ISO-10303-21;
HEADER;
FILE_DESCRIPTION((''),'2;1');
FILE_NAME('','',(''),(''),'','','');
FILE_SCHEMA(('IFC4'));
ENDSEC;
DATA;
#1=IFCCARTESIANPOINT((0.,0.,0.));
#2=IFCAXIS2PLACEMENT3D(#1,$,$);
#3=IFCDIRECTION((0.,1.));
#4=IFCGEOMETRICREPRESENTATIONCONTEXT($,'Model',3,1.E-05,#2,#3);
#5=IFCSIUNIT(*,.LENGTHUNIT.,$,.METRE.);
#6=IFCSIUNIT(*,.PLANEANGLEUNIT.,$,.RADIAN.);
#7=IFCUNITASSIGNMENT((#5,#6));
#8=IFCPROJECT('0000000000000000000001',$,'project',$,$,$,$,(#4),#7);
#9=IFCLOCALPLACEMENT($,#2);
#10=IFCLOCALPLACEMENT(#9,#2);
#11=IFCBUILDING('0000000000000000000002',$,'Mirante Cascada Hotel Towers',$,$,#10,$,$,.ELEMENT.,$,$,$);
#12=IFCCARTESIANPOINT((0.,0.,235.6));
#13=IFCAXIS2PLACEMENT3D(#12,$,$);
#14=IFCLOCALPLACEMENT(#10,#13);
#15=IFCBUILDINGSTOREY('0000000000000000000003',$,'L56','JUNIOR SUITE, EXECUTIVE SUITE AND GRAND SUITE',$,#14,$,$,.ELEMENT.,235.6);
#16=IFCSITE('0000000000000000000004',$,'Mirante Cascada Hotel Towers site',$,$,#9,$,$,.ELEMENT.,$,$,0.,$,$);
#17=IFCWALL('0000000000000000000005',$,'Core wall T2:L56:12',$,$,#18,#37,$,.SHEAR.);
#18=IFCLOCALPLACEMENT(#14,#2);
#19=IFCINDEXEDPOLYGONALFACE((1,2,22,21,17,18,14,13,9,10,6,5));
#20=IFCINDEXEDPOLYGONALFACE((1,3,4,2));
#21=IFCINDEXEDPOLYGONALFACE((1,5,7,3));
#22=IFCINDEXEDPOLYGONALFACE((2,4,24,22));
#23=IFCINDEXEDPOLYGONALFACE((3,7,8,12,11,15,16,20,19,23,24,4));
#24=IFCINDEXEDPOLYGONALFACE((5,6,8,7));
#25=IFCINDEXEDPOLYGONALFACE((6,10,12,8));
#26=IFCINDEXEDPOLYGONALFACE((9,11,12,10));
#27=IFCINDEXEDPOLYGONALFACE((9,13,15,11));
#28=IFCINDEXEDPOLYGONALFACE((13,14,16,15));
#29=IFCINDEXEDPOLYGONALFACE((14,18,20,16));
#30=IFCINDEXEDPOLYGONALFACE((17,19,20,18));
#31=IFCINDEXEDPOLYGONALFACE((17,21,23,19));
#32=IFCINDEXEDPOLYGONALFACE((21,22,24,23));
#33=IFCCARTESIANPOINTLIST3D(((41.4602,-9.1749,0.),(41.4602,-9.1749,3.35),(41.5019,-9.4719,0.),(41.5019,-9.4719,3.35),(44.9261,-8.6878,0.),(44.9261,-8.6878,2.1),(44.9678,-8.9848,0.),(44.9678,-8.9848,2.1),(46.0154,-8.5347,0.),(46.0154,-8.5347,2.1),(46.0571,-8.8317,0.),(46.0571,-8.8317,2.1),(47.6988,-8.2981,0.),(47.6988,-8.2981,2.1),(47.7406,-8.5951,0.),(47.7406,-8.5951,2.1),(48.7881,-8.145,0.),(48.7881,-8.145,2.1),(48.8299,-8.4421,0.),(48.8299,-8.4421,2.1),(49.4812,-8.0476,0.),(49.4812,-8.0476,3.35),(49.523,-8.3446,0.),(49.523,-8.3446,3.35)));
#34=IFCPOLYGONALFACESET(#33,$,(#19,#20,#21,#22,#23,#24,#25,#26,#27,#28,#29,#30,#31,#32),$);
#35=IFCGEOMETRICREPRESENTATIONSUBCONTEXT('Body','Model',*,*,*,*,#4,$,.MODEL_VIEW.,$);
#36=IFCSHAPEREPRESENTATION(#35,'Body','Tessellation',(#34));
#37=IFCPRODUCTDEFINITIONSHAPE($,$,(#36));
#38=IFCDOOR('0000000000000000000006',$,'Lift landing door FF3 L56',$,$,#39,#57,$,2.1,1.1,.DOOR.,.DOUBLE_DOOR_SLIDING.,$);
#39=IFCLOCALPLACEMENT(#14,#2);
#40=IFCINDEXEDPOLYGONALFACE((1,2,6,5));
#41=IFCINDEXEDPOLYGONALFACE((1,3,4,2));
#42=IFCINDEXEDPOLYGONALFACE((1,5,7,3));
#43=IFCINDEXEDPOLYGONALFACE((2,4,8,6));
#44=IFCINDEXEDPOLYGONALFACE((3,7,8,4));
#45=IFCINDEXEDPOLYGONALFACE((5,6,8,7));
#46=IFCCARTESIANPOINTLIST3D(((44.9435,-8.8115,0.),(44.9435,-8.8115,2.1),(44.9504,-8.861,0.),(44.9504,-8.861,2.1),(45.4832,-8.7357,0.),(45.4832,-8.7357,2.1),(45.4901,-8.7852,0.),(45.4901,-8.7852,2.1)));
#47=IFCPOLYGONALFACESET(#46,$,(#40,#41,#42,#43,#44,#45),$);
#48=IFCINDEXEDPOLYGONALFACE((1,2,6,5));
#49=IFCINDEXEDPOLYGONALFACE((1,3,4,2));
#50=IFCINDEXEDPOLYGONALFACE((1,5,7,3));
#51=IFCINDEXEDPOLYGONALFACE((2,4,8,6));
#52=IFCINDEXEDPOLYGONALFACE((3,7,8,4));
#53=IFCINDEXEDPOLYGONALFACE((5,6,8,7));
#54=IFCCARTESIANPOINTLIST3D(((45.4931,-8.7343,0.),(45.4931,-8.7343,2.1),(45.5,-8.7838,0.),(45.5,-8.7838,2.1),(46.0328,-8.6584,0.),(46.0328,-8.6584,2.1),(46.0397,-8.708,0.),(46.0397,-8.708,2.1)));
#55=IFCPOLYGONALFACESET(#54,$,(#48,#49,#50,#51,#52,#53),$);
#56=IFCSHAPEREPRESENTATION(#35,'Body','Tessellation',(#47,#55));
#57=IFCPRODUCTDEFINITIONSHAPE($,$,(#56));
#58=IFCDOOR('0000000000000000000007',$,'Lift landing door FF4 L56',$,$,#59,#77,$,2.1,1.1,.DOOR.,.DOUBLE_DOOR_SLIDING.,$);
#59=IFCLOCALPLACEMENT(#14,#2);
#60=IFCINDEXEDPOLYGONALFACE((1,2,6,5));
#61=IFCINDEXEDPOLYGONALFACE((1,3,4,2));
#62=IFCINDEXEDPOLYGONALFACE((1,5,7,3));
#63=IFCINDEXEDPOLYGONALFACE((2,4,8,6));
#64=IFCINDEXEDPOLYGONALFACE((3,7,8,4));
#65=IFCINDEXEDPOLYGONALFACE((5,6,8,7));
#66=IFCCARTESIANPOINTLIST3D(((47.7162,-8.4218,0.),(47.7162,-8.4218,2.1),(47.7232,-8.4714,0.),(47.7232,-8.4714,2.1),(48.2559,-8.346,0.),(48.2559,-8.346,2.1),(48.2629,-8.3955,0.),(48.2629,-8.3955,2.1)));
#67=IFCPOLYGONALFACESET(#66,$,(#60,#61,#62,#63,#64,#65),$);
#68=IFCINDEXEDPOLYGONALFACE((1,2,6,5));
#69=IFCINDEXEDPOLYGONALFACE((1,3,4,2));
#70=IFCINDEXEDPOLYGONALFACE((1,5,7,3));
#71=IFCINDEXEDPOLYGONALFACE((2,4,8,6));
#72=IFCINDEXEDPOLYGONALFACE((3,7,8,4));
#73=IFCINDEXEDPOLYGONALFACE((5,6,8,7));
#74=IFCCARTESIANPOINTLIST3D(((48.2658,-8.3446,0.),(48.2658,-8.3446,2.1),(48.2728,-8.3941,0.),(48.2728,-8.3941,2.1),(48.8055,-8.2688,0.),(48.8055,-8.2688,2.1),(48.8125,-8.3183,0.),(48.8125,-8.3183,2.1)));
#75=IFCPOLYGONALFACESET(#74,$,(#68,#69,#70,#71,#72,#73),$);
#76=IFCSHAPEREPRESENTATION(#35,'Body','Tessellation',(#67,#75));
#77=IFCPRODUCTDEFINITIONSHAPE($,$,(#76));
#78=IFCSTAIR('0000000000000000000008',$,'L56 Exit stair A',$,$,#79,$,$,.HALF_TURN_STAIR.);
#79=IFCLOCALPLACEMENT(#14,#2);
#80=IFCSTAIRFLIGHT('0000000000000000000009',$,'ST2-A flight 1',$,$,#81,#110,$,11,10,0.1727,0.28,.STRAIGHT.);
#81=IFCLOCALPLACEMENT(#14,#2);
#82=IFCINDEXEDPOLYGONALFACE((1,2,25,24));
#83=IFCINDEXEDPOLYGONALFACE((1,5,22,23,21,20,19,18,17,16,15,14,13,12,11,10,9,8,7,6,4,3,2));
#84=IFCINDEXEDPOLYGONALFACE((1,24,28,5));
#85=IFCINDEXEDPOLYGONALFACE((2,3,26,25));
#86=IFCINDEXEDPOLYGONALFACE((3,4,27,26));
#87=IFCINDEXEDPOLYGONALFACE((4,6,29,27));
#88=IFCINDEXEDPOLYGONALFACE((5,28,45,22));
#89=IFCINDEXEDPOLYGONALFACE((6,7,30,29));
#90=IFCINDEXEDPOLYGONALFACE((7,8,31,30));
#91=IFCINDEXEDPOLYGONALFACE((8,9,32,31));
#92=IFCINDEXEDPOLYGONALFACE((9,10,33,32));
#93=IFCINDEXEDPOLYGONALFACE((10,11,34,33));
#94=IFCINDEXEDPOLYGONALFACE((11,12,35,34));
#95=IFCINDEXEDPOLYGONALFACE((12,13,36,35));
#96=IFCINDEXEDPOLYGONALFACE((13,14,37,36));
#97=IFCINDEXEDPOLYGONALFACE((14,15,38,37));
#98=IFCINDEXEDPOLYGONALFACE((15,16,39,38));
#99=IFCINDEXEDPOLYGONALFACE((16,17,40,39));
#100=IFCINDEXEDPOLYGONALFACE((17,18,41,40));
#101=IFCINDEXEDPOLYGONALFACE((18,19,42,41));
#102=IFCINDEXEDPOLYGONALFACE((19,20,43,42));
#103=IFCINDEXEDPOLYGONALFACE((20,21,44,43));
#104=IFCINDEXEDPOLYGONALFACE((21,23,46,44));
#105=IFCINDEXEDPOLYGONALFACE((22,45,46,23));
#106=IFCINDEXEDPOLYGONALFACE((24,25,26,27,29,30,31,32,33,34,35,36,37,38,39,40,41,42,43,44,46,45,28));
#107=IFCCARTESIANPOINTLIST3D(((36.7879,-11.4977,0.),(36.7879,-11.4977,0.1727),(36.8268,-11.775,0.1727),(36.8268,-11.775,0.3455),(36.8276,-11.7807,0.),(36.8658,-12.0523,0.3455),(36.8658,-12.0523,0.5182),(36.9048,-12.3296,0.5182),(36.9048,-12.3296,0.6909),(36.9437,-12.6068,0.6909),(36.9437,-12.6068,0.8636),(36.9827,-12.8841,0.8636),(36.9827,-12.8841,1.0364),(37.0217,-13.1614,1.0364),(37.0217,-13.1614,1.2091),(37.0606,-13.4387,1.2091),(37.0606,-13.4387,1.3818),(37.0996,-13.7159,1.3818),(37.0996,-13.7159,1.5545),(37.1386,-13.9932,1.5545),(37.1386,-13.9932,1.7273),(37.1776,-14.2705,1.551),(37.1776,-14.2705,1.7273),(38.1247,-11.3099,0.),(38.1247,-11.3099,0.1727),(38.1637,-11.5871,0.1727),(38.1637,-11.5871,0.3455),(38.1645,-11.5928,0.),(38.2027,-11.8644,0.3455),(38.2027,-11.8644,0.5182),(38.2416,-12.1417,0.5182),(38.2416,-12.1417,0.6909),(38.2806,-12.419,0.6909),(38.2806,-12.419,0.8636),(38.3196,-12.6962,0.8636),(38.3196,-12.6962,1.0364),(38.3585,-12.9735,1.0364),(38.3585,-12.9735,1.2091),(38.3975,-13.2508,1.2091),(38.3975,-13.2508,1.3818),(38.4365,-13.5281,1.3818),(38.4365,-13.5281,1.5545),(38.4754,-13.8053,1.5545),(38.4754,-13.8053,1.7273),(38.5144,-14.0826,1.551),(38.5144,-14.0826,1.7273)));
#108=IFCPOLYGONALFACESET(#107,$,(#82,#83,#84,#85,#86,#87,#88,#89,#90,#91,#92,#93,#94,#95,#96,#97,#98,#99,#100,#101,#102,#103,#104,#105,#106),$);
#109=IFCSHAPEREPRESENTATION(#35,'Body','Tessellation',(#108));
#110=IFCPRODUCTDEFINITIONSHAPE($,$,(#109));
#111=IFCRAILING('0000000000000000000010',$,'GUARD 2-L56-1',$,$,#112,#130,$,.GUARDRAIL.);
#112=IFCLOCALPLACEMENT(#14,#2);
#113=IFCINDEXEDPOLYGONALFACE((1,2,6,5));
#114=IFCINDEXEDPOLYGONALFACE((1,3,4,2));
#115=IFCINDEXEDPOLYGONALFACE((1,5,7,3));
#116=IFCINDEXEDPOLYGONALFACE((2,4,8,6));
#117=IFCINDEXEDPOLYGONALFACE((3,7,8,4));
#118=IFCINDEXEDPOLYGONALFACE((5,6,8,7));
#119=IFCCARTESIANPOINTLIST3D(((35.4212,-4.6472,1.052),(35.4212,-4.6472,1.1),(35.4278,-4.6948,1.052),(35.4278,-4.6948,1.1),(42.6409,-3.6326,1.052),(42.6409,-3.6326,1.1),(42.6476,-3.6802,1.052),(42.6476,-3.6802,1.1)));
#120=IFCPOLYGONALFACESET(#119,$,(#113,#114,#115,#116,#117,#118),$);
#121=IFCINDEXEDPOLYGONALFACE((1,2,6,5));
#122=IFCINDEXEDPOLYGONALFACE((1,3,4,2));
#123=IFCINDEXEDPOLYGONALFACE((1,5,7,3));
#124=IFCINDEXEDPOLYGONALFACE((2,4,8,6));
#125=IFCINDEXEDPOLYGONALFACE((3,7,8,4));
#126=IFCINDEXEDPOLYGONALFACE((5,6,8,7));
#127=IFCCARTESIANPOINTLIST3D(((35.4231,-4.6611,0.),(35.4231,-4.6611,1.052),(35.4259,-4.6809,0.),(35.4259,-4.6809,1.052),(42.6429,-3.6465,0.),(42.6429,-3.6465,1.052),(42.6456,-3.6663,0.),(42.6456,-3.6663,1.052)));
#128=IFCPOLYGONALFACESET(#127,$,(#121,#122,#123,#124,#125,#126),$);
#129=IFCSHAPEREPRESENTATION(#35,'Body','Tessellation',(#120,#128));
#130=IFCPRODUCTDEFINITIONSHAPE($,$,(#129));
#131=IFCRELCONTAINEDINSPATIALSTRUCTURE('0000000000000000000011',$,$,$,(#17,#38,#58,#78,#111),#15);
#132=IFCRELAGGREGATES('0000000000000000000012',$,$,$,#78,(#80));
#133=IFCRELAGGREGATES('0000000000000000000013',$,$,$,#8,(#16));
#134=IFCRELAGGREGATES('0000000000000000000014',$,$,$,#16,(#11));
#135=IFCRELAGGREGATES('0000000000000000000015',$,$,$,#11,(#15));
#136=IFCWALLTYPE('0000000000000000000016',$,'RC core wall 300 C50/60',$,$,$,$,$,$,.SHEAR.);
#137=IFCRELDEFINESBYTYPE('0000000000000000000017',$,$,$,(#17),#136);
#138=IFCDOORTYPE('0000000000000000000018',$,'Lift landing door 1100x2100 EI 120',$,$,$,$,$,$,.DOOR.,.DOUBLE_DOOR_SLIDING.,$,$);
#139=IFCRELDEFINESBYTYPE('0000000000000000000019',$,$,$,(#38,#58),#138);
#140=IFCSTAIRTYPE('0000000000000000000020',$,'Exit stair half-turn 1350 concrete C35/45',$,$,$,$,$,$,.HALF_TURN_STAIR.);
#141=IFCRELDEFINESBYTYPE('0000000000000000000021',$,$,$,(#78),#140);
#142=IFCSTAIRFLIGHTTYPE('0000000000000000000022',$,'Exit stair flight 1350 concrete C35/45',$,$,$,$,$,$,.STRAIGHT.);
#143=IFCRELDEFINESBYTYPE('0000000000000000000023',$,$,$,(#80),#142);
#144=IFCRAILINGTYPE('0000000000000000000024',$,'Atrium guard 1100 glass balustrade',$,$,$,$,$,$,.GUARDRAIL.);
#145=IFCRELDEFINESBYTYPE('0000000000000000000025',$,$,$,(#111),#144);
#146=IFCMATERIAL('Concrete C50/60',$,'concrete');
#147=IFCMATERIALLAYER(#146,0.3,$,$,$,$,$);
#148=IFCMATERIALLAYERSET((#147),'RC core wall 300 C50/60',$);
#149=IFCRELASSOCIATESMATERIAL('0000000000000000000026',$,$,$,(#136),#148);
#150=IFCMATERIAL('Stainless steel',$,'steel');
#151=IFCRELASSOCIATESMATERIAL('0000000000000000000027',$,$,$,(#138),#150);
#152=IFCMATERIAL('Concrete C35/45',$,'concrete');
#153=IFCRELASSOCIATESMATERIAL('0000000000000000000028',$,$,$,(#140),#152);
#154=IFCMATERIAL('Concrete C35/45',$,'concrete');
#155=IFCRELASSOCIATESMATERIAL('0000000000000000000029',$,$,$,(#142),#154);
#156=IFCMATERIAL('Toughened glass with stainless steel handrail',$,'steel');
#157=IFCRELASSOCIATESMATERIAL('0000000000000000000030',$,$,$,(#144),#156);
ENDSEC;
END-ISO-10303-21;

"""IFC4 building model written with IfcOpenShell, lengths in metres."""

from ifc_helpers import new_model, si_unit, direction, frame, frame_2d, origin, origin_2d, place, context, subcontext, project, spatial, polyline, rectangle, outline, extrude, material, layer, layer_set, type_object, element, fill, aggregate, save


model = new_model("IFC4")

# Units and contexts
model_context = context("Model", 3, precision=1e-05, world=origin(), true_north=direction((0.0, 1.0)))
body_context = subcontext(model_context, "Body", "Model", "MODEL_VIEW")
ifc_project = project(units=[si_unit("LENGTHUNIT", "METRE"), si_unit("PLANEANGLEUNIT", "RADIAN")], contexts=[model_context])

# Site, building, storey
site_placement = place(None, origin())
site = spatial("IfcSite", under=ifc_project, at=site_placement, Name="Mirante Cascada Hotel Towers site", CompositionType="ELEMENT", RefElevation=0.0)
building_placement = place(site_placement, origin())
building = spatial("IfcBuilding", under=site, at=building_placement, Name="Mirante Cascada Hotel Towers", CompositionType="ELEMENT")
storey_placement = place(building_placement, frame((0.0, 0.0, 235.6)))
storey = spatial("IfcBuildingStorey", under=building, at=storey_placement, Name="L56", Description="JUNIOR SUITE, EXECUTIVE SUITE AND GRAND SUITE", CompositionType="ELEMENT", Elevation=235.6)

# Shared definitions
ifc_material_1 = material(Name="Concrete C50/60", Category="concrete")
ifc_layer_1 = layer(ifc_material_1, 0.3)
ifc_layer_set_1 = layer_set([ifc_layer_1], Name="RC core wall 300 C50/60")
wall_type_1 = type_object("IfcWallType", Name="RC core wall 300 C50/60", PredefinedType="SHEAR", material=ifc_layer_set_1)

# Wall, openings, doors
wall_1_placement = place(storey_placement, frame((41.481, -9.3234, 0.0), z_axis=(0.0, 0.0, 1.0), x_axis=(0.990268, 0.139174, 0.0)))
wall_1 = element("IfcWall", 1, at=wall_1_placement, inside=storey, type_object=wall_type_1, Name="Core wall T2:L56:12", PredefinedType="SHEAR", context=body_context, shape_type="SweptSolid", body=[
    extrude(rectangle(XDim=8.0999, YDim=0.3, at=frame_2d((4.05, 0.0))), origin(), (0.0, 0.0, 1.0), 3.35),
])
opening_1_placement = place(wall_1_placement, frame((3.5, 0.0, 0.0)))
opening_1 = element("IfcOpeningElement", 2, at=opening_1_placement, cuts=wall_1, PredefinedType="OPENING", context=body_context, shape_type="SweptSolid", body=[
    extrude(rectangle(XDim=1.1, YDim=2.1, at=frame_2d((0.55, 1.05))), frame((0.0, 0.15, 0.0), z_axis=(0.0, -1.0, 0.0), x_axis=(1.0, 0.0, 0.0)), (0.0, 0.0, 1.0), 0.3),
])
opening_2_placement = place(wall_1_placement, frame((6.3, 0.0, 0.0)))
opening_2 = element("IfcOpeningElement", 3, at=opening_2_placement, cuts=wall_1, PredefinedType="OPENING", context=body_context, shape_type="SweptSolid", body=[
    extrude(rectangle(XDim=1.1, YDim=2.1, at=frame_2d((0.55, 1.05))), frame((0.0, 0.15, 0.0), z_axis=(0.0, -1.0, 0.0), x_axis=(1.0, 0.0, 0.0)), (0.0, 0.0, 1.0), 0.3),
])
ifc_material_2 = material(Name="Stainless steel", Category="steel")
door_type_1 = type_object("IfcDoorType", Name="Lift landing door 1100x2100 EI 120", OperationType="DOUBLE_DOOR_SLIDING", PredefinedType="DOOR", material=ifc_material_2)
door_1_placement = place(opening_1_placement, origin())
door_1 = element("IfcDoor", 4, at=door_1_placement, inside=storey, type_object=door_type_1, Name="Lift landing door FF3 L56", OperationType="DOUBLE_DOOR_SLIDING", OverallHeight=2.1, OverallWidth=1.1, PredefinedType="DOOR", context=body_context, shape_type="SweptSolid", body=[
    extrude(rectangle(XDim=0.545, YDim=2.1, at=frame_2d((0.2725, 1.05))), frame((0.0, 0.025, 0.0), z_axis=(0.0, -1.0, 0.0), x_axis=(1.0, 0.0, 0.0)), (0.0, 0.0, 1.0), 0.05),
    extrude(rectangle(XDim=0.545, YDim=2.1, at=frame_2d((0.8275, 1.05))), frame((0.0, 0.025, 0.0), z_axis=(0.0, -1.0, 0.0), x_axis=(1.0, 0.0, 0.0)), (0.0, 0.0, 1.0), 0.05),
])
fill(opening_1, door_1)
door_2_placement = place(opening_2_placement, origin())
door_2 = element("IfcDoor", 5, at=door_2_placement, inside=storey, type_object=door_type_1, Name="Lift landing door FF4 L56", OperationType="DOUBLE_DOOR_SLIDING", OverallHeight=2.1, OverallWidth=1.1, PredefinedType="DOOR", context=body_context, shape_type="SweptSolid", body=[
    extrude(rectangle(XDim=0.545, YDim=2.1, at=frame_2d((0.2725, 1.05))), frame((0.0, 0.025, 0.0), z_axis=(0.0, -1.0, 0.0), x_axis=(1.0, 0.0, 0.0)), (0.0, 0.0, 1.0), 0.05),
    extrude(rectangle(XDim=0.545, YDim=2.1, at=frame_2d((0.8275, 1.05))), frame((0.0, 0.025, 0.0), z_axis=(0.0, -1.0, 0.0), x_axis=(1.0, 0.0, 0.0)), (0.0, 0.0, 1.0), 0.05),
])
fill(opening_2, door_2)

# Stair, stair flight
ifc_material_3 = material(Name="Concrete C35/45", Category="concrete")
stair_type = type_object("IfcStairType", Name="Exit stair half-turn 1350 concrete C35/45", PredefinedType="HALF_TURN_STAIR", material=ifc_material_3)
stair_placement = place(storey_placement, origin())
stair = element("IfcStair", 6, at=stair_placement, inside=storey, type_object=stair_type, Name="L56 Exit stair A", PredefinedType="HALF_TURN_STAIR")
ifc_material_4 = material(Name="Concrete C35/45", Category="concrete")
stair_flight_type = type_object("IfcStairFlightType", Name="Exit stair flight 1350 concrete C35/45", PredefinedType="STRAIGHT", material=ifc_material_4)
stair_flight_placement = place(storey_placement, frame((37.4563, -11.4038, 0.0), z_axis=(0.0, 0.0, 1.0), x_axis=(0.139173, -0.990268, 0.0)))
stair_flight = element("IfcStairFlight", 7, at=stair_flight_placement, type_object=stair_flight_type, Name="ST2-A flight 1", NumberOfRisers=11, NumberOfTreads=10, PredefinedType="STRAIGHT", RiserHeight=0.1727, TreadLength=0.28, context=body_context, shape_type="SweptSolid", body=[
    extrude(outline(polyline([(0.0, 0.0), (0.0, 0.1727), (0.28, 0.1727), (0.28, 0.3455), (0.56, 0.3455), (0.56, 0.5182), (0.84, 0.5182), (0.84, 0.6909), (1.12, 0.6909), (1.12, 0.8636), (1.4, 0.8636), (1.4, 1.0364), (1.68, 1.0364), (1.68, 1.2091), (1.96, 1.2091), (1.96, 1.3818), (2.24, 1.3818), (2.24, 1.5545), (2.52, 1.5545), (2.52, 1.7273), (2.8, 1.7273), (2.8, 1.9), (2.8, 1.551), (0.2857, 0.0), (0.0, 0.0)])), frame((0.0, 0.675, 0.0), z_axis=(0.0, -1.0, 0.0), x_axis=(1.0, 0.0, 0.0)), (0.0, 0.0, 1.0), 1.35),
])
aggregate(stair, [stair_flight])

# Railing
ifc_material_5 = material(Name="Toughened glass with stainless steel handrail", Category="steel")
railing_type_1 = type_object("IfcRailingType", Name="Atrium guard 1100 glass balustrade", PredefinedType="GUARDRAIL", material=ifc_material_5)
railing_1_placement = place(storey_placement, frame((35.4245, -4.671, 0.0)))
element("IfcRailing", 8, at=railing_1_placement, inside=storey, type_object=railing_type_1, Name="GUARD 2-L56-1", PredefinedType="GUARDRAIL", context=body_context, shape_type="SweptSolid", body=[
    extrude(rectangle(XDim=0.048, YDim=0.048, at=origin_2d()), frame((0.0, 0.0, 1.076), z_axis=(0.99027, 0.139163, 0.0), x_axis=(-0.139163, 0.99027, 0.0)), (0.0, 0.0, 1.0), 7.2907),
    extrude(rectangle(XDim=0.02, YDim=1.052, at=origin_2d()), frame((0.0, 0.0, 0.526), z_axis=(0.99027, 0.139163, 0.0), x_axis=(-0.139163, 0.99027, 0.0)), (0.0, 0.0, 1.0), 7.2907),
])

save(model, "model.ifc")
